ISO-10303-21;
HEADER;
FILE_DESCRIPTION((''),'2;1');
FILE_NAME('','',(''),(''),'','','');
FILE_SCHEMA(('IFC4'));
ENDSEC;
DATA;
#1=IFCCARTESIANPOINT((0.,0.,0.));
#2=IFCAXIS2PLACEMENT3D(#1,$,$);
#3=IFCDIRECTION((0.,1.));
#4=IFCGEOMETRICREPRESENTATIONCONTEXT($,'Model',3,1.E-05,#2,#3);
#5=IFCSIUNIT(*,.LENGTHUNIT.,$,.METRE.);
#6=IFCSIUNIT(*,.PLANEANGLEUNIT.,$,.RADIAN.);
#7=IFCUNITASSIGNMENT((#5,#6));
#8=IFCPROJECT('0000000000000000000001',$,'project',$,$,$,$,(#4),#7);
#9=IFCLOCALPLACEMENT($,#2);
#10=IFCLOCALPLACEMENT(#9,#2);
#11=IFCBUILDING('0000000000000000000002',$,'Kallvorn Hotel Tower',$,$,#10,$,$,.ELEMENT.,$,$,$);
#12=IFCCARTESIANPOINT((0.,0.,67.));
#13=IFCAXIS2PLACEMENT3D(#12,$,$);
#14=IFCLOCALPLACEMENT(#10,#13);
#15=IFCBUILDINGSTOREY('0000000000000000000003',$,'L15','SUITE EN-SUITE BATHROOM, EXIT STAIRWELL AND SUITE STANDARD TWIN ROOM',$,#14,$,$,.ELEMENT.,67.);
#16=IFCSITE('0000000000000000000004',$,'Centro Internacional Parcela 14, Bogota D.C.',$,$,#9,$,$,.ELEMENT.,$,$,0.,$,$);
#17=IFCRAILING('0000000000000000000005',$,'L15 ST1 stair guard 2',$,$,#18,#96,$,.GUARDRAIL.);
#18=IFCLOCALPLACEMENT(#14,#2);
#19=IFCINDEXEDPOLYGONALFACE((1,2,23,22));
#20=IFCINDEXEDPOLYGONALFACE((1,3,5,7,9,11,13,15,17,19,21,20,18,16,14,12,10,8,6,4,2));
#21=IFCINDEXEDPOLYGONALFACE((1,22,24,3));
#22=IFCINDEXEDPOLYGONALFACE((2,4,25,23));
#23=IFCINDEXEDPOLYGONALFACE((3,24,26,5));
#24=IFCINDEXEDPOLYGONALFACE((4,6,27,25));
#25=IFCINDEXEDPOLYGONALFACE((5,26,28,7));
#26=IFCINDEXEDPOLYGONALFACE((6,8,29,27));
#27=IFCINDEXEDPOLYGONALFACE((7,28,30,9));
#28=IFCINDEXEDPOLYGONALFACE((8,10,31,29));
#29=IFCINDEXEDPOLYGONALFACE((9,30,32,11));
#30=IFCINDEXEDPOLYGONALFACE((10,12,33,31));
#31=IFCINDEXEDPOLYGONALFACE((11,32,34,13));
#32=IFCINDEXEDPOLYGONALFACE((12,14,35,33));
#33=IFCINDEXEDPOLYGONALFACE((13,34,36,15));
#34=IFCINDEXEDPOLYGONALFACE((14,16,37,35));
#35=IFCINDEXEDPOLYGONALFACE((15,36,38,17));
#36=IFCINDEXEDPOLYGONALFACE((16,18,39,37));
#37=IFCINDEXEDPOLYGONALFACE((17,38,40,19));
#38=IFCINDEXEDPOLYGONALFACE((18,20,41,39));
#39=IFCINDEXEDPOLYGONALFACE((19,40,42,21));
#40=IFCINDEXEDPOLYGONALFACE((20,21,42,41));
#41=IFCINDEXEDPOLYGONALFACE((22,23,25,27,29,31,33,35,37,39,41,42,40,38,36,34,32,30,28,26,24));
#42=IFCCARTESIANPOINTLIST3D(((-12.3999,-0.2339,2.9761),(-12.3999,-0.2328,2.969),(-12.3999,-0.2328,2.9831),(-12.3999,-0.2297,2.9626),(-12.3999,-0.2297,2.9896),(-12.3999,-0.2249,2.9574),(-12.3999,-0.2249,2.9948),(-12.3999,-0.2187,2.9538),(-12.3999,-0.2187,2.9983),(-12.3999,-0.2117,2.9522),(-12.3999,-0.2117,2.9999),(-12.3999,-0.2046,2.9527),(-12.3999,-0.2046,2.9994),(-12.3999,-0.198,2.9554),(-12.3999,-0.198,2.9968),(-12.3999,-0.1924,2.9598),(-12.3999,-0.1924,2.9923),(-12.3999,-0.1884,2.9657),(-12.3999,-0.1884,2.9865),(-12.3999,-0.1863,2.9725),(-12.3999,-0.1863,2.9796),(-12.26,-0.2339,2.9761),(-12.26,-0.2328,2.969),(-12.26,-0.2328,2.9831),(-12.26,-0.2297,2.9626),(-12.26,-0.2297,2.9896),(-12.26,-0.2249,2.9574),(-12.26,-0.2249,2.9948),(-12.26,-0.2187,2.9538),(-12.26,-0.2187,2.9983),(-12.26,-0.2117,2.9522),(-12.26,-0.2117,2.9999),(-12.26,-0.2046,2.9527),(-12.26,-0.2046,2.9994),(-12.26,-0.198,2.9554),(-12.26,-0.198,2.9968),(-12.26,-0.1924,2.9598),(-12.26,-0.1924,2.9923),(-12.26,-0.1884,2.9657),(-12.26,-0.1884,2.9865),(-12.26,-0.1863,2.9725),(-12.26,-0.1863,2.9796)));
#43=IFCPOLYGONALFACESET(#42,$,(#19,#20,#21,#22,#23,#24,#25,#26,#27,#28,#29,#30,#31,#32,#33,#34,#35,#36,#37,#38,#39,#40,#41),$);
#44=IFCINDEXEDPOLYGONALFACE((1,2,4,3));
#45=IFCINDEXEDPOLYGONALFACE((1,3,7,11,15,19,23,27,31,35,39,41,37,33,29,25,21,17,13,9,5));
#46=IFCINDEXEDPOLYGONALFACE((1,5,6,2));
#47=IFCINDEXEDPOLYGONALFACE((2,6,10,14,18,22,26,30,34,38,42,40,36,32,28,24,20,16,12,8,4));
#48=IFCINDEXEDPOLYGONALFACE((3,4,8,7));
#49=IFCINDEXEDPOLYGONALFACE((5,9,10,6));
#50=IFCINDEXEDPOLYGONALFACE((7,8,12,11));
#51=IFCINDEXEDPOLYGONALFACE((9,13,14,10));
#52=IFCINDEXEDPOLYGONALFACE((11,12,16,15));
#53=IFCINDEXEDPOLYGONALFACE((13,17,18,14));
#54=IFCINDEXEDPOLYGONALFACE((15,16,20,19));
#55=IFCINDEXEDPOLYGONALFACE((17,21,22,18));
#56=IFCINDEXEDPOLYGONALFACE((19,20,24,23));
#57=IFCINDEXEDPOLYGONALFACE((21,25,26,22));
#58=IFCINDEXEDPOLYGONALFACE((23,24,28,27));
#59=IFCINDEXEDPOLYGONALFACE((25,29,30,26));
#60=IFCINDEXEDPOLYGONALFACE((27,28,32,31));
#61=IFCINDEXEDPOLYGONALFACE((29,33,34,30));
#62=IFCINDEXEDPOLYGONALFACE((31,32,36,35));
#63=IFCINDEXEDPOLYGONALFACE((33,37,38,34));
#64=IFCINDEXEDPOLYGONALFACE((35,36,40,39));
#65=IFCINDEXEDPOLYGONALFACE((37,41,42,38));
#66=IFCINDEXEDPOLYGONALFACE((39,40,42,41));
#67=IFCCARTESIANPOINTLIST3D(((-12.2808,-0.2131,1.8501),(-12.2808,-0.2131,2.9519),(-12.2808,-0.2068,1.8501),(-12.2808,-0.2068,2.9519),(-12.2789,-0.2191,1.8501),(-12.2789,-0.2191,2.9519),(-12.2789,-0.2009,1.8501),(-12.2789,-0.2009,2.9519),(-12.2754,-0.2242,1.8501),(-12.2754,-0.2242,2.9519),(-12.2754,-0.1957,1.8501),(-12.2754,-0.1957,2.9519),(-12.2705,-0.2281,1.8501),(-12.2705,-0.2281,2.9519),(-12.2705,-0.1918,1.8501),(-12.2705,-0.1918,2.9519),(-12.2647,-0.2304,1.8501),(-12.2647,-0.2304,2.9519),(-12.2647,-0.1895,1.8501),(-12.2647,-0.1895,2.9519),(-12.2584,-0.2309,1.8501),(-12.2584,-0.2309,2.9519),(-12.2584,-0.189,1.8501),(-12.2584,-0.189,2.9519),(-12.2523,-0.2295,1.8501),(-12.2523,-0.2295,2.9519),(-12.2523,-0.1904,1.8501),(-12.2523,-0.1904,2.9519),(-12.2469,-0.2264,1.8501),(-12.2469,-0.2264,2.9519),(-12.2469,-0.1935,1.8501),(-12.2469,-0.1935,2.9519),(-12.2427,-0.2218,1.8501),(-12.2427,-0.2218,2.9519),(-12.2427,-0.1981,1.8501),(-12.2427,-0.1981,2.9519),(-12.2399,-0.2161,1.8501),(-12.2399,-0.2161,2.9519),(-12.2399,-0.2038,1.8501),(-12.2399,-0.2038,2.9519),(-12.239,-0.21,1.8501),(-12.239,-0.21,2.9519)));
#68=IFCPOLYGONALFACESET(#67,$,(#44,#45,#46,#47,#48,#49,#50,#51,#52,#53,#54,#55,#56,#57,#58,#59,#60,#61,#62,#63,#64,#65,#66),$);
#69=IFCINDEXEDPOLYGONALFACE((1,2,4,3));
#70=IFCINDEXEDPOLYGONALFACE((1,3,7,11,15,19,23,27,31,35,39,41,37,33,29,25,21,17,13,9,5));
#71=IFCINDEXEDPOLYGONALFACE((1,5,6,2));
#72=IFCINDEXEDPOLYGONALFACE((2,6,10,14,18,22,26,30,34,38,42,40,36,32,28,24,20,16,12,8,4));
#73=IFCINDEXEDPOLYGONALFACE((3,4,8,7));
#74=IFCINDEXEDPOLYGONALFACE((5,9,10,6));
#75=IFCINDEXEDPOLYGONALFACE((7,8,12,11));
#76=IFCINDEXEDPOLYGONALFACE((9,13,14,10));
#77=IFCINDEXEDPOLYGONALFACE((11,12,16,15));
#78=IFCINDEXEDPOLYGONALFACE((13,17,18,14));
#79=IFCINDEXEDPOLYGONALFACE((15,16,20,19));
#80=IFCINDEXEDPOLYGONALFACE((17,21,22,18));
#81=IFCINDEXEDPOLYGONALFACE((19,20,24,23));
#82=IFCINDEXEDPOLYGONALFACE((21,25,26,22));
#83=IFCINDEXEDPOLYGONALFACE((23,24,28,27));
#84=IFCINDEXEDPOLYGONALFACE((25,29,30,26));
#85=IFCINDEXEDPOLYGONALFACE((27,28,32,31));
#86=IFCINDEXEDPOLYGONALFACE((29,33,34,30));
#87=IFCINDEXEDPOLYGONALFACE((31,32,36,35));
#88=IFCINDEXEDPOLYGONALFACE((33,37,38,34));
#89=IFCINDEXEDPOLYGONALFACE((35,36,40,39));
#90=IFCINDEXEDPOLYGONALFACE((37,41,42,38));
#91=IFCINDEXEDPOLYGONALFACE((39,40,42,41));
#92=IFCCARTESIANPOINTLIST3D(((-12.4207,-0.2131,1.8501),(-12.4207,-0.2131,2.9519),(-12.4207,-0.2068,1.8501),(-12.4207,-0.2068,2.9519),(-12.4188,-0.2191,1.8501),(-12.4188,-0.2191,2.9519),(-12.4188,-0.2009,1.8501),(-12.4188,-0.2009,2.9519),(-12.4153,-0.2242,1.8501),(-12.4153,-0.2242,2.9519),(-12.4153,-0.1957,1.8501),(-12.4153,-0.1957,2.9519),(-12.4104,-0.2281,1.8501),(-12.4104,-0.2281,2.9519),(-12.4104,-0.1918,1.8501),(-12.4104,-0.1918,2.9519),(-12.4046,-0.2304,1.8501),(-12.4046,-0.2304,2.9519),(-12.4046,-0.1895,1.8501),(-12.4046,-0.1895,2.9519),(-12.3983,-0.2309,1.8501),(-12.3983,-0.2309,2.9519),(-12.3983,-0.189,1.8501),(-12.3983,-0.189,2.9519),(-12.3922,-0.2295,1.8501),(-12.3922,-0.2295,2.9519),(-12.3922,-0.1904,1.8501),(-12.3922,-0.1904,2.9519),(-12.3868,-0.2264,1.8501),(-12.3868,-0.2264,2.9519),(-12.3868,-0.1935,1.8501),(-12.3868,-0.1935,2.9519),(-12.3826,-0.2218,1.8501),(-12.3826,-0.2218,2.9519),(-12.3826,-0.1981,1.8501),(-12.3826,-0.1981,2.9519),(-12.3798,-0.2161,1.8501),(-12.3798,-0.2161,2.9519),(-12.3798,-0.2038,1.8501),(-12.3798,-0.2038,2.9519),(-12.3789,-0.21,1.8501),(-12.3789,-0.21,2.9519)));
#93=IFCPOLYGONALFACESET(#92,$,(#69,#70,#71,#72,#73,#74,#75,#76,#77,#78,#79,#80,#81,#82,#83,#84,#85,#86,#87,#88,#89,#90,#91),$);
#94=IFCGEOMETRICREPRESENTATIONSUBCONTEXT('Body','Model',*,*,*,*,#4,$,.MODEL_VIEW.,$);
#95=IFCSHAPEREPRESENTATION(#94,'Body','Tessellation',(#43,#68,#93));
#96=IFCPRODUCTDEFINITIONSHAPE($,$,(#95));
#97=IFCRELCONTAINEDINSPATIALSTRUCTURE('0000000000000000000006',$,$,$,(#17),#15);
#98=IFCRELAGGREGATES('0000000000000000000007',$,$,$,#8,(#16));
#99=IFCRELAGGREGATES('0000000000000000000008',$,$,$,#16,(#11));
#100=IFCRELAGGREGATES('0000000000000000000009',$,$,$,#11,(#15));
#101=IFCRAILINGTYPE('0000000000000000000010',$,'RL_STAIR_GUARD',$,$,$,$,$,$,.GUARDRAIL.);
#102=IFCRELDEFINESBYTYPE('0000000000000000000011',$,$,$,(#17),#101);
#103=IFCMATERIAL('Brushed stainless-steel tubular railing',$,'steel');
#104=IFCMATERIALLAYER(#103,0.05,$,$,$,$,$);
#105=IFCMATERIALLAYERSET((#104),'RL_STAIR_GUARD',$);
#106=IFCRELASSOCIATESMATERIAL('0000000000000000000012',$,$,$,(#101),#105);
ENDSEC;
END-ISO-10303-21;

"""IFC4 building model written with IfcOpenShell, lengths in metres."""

from ifc_helpers import new_model, si_unit, direction, frame, origin, origin_2d, place, context, subcontext, project, spatial, circle, extrude, material, layer, layer_set, type_object, element, save


model = new_model("IFC4")

# Units and contexts
model_context = context("Model", 3, precision=1e-05, world=origin(), true_north=direction((0.0, 1.0)))
body_context = subcontext(model_context, "Body", "Model", "MODEL_VIEW")
ifc_project = project(units=[si_unit("LENGTHUNIT", "METRE"), si_unit("PLANEANGLEUNIT", "RADIAN")], contexts=[model_context])

# Site, building, storey
site_placement = place(None, origin())
site = spatial("IfcSite", under=ifc_project, at=site_placement, Name="Centro Internacional Parcela 14, Bogota D.C.", CompositionType="ELEMENT", RefElevation=0.0)
building_placement = place(site_placement, origin())
building = spatial("IfcBuilding", under=site, at=building_placement, Name="Kallvorn Hotel Tower", CompositionType="ELEMENT")
storey_placement = place(building_placement, frame((0.0, 0.0, 67.0)))
storey = spatial("IfcBuildingStorey", under=building, at=storey_placement, Name="L15", Description="SUITE EN-SUITE BATHROOM, EXIT STAIRWELL AND SUITE STANDARD TWIN ROOM", CompositionType="ELEMENT", Elevation=67.0)

# Railing
ifc_material_1 = material(Name="Brushed stainless-steel tubular railing", Category="steel")
ifc_layer_1 = layer(ifc_material_1, 0.05)
ifc_layer_set_1 = layer_set([ifc_layer_1], Name="RL_STAIR_GUARD")
railing_type_1 = type_object("IfcRailingType", Name="RL_STAIR_GUARD", PredefinedType="GUARDRAIL", material=ifc_layer_set_1)
railing_1_placement = place(storey_placement, frame((-12.26, -0.21, 1.8501)))
element("IfcRailing", 1, at=railing_1_placement, inside=storey, type_object=railing_type_1, Name="L15 ST1 stair guard 2", PredefinedType="GUARDRAIL", context=body_context, shape_type="SweptSolid", body=[
    extrude(circle(Radius=0.0239, at=origin_2d()), frame((0.0, 0.0, 1.126), z_axis=(-1.0, 0.0, 0.0), x_axis=(0.0, -1.0, 0.0)), (0.0, 0.0, 1.0), 0.1399),
    extrude(circle(Radius=0.021, at=origin_2d()), origin(), (0.0, 0.0, 1.0), 1.1018),
    extrude(circle(Radius=0.021, at=origin_2d()), frame((-0.1399, 0.0, 0.0)), (0.0, 0.0, 1.0), 1.1018),
])

save(model, "model.ifc")
